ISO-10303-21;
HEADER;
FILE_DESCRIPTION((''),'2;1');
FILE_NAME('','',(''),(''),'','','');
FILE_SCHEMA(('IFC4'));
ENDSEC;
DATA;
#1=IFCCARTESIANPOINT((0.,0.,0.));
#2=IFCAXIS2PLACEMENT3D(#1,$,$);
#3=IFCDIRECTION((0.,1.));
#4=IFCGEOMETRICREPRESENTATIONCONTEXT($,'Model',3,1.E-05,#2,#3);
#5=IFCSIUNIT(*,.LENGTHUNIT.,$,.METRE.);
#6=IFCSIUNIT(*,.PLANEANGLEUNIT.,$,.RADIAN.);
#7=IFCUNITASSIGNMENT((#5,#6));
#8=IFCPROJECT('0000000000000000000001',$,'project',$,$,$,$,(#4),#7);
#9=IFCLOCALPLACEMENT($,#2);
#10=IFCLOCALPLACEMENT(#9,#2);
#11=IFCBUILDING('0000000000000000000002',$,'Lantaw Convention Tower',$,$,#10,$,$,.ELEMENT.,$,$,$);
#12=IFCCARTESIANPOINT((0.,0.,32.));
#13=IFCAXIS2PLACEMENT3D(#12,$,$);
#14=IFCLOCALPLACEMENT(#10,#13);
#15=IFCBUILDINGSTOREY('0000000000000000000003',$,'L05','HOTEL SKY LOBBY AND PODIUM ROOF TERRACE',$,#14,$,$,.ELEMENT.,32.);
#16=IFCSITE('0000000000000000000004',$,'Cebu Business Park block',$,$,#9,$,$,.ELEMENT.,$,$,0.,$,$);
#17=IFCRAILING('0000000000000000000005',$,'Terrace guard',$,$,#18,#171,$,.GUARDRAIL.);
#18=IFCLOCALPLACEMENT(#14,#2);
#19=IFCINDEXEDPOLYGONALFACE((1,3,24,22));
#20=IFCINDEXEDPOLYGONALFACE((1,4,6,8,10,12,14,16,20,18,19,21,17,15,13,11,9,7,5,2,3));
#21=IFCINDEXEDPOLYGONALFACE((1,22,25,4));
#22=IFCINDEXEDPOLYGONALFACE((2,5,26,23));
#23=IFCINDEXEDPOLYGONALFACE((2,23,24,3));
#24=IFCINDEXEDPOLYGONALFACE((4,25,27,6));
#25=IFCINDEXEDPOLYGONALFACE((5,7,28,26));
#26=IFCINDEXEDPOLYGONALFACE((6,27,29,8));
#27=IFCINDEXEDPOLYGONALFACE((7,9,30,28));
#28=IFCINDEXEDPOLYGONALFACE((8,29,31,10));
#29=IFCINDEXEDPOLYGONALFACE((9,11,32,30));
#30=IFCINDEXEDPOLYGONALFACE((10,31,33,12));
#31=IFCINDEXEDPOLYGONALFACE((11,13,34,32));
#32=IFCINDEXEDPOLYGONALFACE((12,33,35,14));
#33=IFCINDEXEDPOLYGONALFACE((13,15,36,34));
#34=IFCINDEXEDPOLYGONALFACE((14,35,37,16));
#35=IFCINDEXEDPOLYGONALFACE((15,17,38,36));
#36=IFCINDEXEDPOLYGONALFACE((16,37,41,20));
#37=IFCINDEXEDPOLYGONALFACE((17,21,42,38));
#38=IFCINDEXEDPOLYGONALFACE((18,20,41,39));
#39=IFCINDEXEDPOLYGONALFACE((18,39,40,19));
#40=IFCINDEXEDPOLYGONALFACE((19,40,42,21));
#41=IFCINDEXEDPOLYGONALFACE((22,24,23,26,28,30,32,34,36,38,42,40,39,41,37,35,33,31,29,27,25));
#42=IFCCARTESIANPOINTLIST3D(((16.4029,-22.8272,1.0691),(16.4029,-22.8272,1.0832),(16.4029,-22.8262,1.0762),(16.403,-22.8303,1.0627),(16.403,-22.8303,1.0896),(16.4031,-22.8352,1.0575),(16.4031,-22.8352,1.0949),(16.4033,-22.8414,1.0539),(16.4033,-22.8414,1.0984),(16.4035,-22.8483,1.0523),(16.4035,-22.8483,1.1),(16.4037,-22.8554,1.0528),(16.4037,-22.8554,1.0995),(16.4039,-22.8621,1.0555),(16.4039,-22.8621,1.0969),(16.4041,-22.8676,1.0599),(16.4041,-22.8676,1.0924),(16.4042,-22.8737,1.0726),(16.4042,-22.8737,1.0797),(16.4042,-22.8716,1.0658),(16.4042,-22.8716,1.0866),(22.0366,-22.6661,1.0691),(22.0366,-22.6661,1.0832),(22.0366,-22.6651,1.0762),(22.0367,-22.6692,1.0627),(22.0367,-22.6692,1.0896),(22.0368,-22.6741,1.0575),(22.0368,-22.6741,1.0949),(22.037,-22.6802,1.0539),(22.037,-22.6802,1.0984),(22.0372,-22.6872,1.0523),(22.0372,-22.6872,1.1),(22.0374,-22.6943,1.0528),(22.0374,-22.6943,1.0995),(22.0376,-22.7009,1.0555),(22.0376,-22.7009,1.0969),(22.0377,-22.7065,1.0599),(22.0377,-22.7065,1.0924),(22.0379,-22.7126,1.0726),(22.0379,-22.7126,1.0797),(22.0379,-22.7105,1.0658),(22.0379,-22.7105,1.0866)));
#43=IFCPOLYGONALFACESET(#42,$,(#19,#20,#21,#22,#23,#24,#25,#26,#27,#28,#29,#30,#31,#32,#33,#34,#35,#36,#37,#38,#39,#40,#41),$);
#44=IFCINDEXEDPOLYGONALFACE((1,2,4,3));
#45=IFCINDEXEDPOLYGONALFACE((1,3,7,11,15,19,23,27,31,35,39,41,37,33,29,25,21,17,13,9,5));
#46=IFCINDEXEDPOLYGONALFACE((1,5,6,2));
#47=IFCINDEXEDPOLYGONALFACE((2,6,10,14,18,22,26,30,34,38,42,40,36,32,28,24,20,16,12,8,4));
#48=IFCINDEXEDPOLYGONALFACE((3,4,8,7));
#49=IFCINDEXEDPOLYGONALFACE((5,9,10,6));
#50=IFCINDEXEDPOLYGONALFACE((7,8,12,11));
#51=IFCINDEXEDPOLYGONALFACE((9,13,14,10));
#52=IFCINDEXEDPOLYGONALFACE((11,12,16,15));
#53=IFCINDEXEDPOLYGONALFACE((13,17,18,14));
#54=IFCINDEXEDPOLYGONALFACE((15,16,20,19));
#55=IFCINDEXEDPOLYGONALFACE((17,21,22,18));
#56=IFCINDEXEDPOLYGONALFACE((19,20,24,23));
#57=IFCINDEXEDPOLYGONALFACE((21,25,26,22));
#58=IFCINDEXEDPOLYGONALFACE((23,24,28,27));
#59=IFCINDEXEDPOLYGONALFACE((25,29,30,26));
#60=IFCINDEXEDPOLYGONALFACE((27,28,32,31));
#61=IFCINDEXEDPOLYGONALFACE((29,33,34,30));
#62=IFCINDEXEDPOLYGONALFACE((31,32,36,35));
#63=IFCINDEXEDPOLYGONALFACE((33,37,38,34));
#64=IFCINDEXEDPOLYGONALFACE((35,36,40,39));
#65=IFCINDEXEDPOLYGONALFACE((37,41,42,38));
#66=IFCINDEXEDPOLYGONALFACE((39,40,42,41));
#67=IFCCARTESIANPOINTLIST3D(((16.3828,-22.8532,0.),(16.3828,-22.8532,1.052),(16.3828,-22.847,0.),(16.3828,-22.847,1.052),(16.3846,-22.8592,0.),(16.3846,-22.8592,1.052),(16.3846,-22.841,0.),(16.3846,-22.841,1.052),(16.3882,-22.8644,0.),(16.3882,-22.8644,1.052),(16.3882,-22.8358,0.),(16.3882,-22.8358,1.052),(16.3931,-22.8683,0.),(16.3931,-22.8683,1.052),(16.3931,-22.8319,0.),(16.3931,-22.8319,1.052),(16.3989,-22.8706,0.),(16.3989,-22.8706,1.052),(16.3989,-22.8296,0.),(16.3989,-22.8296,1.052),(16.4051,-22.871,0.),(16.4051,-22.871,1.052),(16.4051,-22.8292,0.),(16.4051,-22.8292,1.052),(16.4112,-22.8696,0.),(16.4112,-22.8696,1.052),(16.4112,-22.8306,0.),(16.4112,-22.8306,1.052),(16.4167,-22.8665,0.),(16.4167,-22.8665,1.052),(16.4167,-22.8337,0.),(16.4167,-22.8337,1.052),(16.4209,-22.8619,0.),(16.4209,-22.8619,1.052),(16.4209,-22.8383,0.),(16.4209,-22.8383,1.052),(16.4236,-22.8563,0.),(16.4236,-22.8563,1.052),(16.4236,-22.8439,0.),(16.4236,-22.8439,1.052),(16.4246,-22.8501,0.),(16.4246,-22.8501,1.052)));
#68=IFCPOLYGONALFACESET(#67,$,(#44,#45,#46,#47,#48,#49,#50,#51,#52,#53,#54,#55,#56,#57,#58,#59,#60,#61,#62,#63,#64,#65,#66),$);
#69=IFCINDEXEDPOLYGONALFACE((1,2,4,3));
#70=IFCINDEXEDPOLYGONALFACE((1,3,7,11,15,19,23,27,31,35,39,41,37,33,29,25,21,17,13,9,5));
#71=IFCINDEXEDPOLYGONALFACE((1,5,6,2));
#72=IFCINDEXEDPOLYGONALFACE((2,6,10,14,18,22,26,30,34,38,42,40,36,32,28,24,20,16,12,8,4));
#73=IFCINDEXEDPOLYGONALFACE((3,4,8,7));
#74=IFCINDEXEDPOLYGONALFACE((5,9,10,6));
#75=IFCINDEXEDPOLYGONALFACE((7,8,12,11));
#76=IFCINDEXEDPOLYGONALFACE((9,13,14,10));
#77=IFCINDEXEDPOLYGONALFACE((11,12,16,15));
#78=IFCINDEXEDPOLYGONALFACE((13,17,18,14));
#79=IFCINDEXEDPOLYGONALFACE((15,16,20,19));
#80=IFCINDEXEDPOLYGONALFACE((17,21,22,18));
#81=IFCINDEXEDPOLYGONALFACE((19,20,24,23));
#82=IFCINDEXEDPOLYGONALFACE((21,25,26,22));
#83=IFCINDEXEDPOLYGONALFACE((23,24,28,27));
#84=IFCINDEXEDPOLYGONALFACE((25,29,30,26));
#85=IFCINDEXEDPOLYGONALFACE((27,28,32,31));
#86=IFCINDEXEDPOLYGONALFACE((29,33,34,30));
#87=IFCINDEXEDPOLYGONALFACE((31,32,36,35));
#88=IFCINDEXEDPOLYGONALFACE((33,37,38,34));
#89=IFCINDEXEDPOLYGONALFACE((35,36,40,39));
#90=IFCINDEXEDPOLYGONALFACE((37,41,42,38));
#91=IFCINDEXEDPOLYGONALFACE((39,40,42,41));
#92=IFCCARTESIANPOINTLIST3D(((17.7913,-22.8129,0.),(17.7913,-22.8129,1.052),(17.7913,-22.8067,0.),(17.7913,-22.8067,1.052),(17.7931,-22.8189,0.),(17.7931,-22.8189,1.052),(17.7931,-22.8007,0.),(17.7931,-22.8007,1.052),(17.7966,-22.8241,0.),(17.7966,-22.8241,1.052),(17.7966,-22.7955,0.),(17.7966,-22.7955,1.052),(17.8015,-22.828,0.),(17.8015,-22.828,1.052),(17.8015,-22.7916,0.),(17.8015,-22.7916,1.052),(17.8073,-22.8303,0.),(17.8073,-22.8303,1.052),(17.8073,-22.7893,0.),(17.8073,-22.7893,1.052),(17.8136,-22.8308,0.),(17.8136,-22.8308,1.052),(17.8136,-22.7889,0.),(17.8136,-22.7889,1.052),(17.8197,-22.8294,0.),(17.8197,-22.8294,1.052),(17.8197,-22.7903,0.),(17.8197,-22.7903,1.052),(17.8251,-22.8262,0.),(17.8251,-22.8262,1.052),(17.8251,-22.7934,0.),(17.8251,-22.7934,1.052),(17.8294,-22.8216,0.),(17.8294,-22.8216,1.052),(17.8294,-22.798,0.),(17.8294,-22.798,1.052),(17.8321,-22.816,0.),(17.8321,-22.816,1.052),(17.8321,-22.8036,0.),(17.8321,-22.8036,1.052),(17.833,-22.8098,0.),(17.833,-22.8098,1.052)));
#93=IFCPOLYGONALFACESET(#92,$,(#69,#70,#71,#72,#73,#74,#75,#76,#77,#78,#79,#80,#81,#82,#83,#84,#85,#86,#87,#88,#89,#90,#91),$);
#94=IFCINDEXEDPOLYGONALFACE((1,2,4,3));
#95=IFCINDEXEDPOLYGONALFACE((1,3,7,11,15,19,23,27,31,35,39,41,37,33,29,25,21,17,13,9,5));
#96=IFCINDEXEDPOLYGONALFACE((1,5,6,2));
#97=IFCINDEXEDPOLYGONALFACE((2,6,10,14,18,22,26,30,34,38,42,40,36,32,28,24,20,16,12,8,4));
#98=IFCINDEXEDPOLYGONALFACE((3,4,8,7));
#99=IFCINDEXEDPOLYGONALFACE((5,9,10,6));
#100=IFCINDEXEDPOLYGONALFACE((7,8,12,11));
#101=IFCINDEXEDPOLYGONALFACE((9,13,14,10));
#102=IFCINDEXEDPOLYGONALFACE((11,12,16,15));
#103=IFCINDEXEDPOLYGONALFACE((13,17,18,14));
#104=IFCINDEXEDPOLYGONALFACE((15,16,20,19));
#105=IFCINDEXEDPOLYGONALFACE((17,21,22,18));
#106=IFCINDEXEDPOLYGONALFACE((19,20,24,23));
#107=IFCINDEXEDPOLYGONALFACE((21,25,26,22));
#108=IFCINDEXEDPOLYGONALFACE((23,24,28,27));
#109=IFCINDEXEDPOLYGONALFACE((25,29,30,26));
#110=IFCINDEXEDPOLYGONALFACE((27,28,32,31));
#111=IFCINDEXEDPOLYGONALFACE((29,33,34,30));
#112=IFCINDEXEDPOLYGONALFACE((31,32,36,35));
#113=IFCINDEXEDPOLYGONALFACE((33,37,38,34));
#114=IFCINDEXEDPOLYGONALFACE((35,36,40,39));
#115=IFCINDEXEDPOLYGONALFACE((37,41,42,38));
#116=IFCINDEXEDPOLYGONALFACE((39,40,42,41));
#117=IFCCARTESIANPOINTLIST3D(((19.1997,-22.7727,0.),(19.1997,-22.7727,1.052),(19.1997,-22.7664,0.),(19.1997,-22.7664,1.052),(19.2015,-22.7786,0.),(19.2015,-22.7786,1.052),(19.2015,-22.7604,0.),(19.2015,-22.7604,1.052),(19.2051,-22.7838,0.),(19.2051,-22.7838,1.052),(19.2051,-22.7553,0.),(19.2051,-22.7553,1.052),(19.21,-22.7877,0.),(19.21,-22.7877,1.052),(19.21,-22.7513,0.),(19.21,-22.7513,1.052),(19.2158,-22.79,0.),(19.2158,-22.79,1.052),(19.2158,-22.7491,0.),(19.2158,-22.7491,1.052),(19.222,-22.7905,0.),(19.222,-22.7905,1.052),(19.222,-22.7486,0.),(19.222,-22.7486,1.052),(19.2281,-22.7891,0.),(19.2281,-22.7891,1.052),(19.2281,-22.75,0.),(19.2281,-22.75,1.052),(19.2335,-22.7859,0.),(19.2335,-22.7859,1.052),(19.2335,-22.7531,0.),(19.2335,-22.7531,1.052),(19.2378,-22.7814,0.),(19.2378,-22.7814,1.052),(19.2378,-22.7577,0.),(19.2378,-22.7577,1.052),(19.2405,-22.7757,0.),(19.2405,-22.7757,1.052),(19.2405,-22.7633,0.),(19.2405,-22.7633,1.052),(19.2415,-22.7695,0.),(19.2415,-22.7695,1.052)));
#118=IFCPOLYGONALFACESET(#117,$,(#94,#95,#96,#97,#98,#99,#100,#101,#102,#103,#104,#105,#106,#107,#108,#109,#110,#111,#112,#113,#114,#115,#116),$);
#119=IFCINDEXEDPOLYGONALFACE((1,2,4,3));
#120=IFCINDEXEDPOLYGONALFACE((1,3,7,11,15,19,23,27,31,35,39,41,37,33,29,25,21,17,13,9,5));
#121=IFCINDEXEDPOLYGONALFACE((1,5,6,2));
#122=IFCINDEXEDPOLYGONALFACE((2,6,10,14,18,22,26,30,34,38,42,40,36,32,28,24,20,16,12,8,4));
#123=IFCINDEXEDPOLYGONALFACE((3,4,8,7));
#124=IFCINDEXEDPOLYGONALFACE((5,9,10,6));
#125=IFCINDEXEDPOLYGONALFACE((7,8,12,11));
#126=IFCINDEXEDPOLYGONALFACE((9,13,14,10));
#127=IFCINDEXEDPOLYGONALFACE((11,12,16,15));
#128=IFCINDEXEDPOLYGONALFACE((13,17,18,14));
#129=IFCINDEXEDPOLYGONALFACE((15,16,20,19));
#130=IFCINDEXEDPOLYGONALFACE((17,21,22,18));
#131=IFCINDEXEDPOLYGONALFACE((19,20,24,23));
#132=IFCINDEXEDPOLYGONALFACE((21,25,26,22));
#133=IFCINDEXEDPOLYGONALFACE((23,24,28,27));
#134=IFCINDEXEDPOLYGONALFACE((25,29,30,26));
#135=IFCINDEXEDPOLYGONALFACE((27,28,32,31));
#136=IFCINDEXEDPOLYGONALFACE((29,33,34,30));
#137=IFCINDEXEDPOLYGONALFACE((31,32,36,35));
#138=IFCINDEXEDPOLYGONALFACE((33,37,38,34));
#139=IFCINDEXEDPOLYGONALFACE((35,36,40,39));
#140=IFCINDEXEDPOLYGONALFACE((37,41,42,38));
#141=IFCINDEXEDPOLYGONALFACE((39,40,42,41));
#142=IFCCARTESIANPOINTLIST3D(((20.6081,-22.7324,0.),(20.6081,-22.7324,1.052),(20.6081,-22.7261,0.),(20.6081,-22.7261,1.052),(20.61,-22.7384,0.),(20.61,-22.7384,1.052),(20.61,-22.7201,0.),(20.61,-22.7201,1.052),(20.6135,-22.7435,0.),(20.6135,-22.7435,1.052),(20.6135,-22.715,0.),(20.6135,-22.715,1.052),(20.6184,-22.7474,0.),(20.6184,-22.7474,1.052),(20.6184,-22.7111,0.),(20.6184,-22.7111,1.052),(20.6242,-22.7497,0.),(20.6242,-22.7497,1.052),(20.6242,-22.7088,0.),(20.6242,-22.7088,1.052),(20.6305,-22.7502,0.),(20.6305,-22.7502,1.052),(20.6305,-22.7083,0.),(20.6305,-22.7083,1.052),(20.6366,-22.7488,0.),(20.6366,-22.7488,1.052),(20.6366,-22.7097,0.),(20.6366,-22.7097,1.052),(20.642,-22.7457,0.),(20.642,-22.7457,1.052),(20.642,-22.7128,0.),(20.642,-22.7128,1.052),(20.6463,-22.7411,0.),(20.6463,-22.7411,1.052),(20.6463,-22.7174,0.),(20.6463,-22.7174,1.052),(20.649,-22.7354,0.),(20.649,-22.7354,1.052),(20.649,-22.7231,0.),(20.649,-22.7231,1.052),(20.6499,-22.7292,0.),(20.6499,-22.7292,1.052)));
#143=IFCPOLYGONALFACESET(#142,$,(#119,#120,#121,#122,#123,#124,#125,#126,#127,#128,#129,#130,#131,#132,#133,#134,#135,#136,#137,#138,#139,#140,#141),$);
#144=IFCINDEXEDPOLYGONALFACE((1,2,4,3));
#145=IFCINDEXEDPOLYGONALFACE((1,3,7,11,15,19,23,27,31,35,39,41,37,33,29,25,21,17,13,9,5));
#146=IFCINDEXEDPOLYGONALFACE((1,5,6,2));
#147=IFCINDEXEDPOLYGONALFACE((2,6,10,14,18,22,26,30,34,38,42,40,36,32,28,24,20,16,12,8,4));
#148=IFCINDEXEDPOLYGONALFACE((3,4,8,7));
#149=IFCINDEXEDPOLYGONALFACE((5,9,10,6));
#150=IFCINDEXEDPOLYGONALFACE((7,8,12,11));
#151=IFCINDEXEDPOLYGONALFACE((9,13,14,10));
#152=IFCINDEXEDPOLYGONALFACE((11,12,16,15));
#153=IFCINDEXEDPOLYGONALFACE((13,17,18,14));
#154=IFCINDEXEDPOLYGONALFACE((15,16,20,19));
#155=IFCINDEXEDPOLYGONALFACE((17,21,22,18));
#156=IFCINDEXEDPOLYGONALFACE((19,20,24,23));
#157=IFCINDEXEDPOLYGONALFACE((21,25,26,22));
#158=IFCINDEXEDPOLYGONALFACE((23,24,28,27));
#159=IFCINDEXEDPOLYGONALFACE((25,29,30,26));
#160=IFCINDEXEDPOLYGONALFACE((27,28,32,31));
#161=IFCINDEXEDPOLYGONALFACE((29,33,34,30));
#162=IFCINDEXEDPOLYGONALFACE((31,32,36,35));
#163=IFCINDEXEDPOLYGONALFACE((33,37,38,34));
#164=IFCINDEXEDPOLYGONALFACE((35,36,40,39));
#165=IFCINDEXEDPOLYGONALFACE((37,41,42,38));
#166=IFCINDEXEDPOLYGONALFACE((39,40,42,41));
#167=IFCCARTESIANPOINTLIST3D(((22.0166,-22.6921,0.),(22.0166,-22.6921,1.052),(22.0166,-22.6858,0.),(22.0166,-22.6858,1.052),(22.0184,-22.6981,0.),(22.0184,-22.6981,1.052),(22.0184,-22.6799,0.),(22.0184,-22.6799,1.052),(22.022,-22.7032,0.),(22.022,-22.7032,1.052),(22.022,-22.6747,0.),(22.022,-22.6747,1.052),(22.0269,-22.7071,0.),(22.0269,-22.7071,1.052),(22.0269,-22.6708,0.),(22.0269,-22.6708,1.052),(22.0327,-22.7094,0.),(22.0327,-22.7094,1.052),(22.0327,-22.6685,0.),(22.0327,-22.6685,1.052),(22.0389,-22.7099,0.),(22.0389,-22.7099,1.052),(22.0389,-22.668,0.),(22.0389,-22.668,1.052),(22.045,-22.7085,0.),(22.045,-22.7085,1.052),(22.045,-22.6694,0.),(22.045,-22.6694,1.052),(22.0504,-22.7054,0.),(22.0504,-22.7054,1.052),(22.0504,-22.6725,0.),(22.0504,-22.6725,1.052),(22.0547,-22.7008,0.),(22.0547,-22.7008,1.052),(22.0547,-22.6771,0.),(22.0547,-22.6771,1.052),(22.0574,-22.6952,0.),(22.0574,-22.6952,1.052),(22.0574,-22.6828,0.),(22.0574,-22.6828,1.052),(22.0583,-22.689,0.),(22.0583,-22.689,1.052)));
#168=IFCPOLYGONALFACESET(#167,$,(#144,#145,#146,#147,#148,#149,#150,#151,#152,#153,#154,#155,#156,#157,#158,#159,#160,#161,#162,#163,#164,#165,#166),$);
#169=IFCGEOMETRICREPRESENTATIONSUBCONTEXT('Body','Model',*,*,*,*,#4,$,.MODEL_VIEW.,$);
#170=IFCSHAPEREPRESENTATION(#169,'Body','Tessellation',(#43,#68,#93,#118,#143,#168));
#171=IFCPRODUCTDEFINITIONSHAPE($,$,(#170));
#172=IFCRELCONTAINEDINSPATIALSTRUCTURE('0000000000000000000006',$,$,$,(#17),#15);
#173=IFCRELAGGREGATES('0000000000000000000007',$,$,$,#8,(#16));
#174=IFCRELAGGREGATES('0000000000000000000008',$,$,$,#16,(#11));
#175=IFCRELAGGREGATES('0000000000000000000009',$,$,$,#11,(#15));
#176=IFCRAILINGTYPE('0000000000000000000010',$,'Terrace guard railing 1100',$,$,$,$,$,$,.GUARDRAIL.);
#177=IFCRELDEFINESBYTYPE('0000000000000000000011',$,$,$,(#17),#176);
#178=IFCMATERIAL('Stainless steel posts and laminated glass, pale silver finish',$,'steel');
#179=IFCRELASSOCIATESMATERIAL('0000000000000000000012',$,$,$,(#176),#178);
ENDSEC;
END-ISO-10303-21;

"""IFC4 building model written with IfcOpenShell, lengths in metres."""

from ifc_helpers import new_model, si_unit, direction, frame, origin, origin_2d, place, context, subcontext, project, spatial, circle, extrude, material, type_object, element, save


model = new_model("IFC4")

# Units and contexts
model_context = context("Model", 3, precision=1e-05, world=origin(), true_north=direction((0.0, 1.0)))
body_context = subcontext(model_context, "Body", "Model", "MODEL_VIEW")
ifc_project = project(units=[si_unit("LENGTHUNIT", "METRE"), si_unit("PLANEANGLEUNIT", "RADIAN")], contexts=[model_context])

# Site, building, storey
site_placement = place(None, origin())
site = spatial("IfcSite", under=ifc_project, at=site_placement, Name="Cebu Business Park block", CompositionType="ELEMENT", RefElevation=0.0)
building_placement = place(site_placement, origin())
building = spatial("IfcBuilding", under=site, at=building_placement, Name="Lantaw Convention Tower", CompositionType="ELEMENT")
storey_placement = place(building_placement, frame((0.0, 0.0, 32.0)))
storey = spatial("IfcBuildingStorey", under=building, at=storey_placement, Name="L05", Description="HOTEL SKY LOBBY AND PODIUM ROOF TERRACE", CompositionType="ELEMENT", Elevation=32.0)

# Railing
ifc_material_1 = material(Name="Stainless steel posts and laminated glass, pale silver finish", Category="steel")
railing_type = type_object("IfcRailingType", Name="Terrace guard railing 1100", PredefinedType="GUARDRAIL", material=ifc_material_1)
railing_1_placement = place(storey_placement, frame((16.4036, -22.8501, 0.0)))
element("IfcRailing", 1, at=railing_1_placement, inside=storey, type_object=railing_type, Name="Terrace guard", PredefinedType="GUARDRAIL", context=body_context, shape_type="SweptSolid", body=[
    extrude(circle(Radius=0.0239, at=origin_2d()), frame((0.0, 0.0, 1.0762), z_axis=(0.999591, 0.028589, 0.0), x_axis=(-0.028589, 0.999591, 0.0)), (0.0, 0.0, 1.0), 5.636),
    extrude(circle(Radius=0.021, at=origin_2d()), origin(), (0.0, 0.0, 1.0), 1.052),
    extrude(circle(Radius=0.021, at=origin_2d()), frame((1.4084, 0.0403, 0.0)), (0.0, 0.0, 1.0), 1.052),
    extrude(circle(Radius=0.021, at=origin_2d()), frame((2.8169, 0.0806, 0.0)), (0.0, 0.0, 1.0), 1.052),
    extrude(circle(Radius=0.021, at=origin_2d()), frame((4.2253, 0.1208, 0.0)), (0.0, 0.0, 1.0), 1.052),
    extrude(circle(Radius=0.021, at=origin_2d()), frame((5.6338, 0.1611, 0.0)), (0.0, 0.0, 1.0), 1.052),
])

save(model, "model.ifc")
